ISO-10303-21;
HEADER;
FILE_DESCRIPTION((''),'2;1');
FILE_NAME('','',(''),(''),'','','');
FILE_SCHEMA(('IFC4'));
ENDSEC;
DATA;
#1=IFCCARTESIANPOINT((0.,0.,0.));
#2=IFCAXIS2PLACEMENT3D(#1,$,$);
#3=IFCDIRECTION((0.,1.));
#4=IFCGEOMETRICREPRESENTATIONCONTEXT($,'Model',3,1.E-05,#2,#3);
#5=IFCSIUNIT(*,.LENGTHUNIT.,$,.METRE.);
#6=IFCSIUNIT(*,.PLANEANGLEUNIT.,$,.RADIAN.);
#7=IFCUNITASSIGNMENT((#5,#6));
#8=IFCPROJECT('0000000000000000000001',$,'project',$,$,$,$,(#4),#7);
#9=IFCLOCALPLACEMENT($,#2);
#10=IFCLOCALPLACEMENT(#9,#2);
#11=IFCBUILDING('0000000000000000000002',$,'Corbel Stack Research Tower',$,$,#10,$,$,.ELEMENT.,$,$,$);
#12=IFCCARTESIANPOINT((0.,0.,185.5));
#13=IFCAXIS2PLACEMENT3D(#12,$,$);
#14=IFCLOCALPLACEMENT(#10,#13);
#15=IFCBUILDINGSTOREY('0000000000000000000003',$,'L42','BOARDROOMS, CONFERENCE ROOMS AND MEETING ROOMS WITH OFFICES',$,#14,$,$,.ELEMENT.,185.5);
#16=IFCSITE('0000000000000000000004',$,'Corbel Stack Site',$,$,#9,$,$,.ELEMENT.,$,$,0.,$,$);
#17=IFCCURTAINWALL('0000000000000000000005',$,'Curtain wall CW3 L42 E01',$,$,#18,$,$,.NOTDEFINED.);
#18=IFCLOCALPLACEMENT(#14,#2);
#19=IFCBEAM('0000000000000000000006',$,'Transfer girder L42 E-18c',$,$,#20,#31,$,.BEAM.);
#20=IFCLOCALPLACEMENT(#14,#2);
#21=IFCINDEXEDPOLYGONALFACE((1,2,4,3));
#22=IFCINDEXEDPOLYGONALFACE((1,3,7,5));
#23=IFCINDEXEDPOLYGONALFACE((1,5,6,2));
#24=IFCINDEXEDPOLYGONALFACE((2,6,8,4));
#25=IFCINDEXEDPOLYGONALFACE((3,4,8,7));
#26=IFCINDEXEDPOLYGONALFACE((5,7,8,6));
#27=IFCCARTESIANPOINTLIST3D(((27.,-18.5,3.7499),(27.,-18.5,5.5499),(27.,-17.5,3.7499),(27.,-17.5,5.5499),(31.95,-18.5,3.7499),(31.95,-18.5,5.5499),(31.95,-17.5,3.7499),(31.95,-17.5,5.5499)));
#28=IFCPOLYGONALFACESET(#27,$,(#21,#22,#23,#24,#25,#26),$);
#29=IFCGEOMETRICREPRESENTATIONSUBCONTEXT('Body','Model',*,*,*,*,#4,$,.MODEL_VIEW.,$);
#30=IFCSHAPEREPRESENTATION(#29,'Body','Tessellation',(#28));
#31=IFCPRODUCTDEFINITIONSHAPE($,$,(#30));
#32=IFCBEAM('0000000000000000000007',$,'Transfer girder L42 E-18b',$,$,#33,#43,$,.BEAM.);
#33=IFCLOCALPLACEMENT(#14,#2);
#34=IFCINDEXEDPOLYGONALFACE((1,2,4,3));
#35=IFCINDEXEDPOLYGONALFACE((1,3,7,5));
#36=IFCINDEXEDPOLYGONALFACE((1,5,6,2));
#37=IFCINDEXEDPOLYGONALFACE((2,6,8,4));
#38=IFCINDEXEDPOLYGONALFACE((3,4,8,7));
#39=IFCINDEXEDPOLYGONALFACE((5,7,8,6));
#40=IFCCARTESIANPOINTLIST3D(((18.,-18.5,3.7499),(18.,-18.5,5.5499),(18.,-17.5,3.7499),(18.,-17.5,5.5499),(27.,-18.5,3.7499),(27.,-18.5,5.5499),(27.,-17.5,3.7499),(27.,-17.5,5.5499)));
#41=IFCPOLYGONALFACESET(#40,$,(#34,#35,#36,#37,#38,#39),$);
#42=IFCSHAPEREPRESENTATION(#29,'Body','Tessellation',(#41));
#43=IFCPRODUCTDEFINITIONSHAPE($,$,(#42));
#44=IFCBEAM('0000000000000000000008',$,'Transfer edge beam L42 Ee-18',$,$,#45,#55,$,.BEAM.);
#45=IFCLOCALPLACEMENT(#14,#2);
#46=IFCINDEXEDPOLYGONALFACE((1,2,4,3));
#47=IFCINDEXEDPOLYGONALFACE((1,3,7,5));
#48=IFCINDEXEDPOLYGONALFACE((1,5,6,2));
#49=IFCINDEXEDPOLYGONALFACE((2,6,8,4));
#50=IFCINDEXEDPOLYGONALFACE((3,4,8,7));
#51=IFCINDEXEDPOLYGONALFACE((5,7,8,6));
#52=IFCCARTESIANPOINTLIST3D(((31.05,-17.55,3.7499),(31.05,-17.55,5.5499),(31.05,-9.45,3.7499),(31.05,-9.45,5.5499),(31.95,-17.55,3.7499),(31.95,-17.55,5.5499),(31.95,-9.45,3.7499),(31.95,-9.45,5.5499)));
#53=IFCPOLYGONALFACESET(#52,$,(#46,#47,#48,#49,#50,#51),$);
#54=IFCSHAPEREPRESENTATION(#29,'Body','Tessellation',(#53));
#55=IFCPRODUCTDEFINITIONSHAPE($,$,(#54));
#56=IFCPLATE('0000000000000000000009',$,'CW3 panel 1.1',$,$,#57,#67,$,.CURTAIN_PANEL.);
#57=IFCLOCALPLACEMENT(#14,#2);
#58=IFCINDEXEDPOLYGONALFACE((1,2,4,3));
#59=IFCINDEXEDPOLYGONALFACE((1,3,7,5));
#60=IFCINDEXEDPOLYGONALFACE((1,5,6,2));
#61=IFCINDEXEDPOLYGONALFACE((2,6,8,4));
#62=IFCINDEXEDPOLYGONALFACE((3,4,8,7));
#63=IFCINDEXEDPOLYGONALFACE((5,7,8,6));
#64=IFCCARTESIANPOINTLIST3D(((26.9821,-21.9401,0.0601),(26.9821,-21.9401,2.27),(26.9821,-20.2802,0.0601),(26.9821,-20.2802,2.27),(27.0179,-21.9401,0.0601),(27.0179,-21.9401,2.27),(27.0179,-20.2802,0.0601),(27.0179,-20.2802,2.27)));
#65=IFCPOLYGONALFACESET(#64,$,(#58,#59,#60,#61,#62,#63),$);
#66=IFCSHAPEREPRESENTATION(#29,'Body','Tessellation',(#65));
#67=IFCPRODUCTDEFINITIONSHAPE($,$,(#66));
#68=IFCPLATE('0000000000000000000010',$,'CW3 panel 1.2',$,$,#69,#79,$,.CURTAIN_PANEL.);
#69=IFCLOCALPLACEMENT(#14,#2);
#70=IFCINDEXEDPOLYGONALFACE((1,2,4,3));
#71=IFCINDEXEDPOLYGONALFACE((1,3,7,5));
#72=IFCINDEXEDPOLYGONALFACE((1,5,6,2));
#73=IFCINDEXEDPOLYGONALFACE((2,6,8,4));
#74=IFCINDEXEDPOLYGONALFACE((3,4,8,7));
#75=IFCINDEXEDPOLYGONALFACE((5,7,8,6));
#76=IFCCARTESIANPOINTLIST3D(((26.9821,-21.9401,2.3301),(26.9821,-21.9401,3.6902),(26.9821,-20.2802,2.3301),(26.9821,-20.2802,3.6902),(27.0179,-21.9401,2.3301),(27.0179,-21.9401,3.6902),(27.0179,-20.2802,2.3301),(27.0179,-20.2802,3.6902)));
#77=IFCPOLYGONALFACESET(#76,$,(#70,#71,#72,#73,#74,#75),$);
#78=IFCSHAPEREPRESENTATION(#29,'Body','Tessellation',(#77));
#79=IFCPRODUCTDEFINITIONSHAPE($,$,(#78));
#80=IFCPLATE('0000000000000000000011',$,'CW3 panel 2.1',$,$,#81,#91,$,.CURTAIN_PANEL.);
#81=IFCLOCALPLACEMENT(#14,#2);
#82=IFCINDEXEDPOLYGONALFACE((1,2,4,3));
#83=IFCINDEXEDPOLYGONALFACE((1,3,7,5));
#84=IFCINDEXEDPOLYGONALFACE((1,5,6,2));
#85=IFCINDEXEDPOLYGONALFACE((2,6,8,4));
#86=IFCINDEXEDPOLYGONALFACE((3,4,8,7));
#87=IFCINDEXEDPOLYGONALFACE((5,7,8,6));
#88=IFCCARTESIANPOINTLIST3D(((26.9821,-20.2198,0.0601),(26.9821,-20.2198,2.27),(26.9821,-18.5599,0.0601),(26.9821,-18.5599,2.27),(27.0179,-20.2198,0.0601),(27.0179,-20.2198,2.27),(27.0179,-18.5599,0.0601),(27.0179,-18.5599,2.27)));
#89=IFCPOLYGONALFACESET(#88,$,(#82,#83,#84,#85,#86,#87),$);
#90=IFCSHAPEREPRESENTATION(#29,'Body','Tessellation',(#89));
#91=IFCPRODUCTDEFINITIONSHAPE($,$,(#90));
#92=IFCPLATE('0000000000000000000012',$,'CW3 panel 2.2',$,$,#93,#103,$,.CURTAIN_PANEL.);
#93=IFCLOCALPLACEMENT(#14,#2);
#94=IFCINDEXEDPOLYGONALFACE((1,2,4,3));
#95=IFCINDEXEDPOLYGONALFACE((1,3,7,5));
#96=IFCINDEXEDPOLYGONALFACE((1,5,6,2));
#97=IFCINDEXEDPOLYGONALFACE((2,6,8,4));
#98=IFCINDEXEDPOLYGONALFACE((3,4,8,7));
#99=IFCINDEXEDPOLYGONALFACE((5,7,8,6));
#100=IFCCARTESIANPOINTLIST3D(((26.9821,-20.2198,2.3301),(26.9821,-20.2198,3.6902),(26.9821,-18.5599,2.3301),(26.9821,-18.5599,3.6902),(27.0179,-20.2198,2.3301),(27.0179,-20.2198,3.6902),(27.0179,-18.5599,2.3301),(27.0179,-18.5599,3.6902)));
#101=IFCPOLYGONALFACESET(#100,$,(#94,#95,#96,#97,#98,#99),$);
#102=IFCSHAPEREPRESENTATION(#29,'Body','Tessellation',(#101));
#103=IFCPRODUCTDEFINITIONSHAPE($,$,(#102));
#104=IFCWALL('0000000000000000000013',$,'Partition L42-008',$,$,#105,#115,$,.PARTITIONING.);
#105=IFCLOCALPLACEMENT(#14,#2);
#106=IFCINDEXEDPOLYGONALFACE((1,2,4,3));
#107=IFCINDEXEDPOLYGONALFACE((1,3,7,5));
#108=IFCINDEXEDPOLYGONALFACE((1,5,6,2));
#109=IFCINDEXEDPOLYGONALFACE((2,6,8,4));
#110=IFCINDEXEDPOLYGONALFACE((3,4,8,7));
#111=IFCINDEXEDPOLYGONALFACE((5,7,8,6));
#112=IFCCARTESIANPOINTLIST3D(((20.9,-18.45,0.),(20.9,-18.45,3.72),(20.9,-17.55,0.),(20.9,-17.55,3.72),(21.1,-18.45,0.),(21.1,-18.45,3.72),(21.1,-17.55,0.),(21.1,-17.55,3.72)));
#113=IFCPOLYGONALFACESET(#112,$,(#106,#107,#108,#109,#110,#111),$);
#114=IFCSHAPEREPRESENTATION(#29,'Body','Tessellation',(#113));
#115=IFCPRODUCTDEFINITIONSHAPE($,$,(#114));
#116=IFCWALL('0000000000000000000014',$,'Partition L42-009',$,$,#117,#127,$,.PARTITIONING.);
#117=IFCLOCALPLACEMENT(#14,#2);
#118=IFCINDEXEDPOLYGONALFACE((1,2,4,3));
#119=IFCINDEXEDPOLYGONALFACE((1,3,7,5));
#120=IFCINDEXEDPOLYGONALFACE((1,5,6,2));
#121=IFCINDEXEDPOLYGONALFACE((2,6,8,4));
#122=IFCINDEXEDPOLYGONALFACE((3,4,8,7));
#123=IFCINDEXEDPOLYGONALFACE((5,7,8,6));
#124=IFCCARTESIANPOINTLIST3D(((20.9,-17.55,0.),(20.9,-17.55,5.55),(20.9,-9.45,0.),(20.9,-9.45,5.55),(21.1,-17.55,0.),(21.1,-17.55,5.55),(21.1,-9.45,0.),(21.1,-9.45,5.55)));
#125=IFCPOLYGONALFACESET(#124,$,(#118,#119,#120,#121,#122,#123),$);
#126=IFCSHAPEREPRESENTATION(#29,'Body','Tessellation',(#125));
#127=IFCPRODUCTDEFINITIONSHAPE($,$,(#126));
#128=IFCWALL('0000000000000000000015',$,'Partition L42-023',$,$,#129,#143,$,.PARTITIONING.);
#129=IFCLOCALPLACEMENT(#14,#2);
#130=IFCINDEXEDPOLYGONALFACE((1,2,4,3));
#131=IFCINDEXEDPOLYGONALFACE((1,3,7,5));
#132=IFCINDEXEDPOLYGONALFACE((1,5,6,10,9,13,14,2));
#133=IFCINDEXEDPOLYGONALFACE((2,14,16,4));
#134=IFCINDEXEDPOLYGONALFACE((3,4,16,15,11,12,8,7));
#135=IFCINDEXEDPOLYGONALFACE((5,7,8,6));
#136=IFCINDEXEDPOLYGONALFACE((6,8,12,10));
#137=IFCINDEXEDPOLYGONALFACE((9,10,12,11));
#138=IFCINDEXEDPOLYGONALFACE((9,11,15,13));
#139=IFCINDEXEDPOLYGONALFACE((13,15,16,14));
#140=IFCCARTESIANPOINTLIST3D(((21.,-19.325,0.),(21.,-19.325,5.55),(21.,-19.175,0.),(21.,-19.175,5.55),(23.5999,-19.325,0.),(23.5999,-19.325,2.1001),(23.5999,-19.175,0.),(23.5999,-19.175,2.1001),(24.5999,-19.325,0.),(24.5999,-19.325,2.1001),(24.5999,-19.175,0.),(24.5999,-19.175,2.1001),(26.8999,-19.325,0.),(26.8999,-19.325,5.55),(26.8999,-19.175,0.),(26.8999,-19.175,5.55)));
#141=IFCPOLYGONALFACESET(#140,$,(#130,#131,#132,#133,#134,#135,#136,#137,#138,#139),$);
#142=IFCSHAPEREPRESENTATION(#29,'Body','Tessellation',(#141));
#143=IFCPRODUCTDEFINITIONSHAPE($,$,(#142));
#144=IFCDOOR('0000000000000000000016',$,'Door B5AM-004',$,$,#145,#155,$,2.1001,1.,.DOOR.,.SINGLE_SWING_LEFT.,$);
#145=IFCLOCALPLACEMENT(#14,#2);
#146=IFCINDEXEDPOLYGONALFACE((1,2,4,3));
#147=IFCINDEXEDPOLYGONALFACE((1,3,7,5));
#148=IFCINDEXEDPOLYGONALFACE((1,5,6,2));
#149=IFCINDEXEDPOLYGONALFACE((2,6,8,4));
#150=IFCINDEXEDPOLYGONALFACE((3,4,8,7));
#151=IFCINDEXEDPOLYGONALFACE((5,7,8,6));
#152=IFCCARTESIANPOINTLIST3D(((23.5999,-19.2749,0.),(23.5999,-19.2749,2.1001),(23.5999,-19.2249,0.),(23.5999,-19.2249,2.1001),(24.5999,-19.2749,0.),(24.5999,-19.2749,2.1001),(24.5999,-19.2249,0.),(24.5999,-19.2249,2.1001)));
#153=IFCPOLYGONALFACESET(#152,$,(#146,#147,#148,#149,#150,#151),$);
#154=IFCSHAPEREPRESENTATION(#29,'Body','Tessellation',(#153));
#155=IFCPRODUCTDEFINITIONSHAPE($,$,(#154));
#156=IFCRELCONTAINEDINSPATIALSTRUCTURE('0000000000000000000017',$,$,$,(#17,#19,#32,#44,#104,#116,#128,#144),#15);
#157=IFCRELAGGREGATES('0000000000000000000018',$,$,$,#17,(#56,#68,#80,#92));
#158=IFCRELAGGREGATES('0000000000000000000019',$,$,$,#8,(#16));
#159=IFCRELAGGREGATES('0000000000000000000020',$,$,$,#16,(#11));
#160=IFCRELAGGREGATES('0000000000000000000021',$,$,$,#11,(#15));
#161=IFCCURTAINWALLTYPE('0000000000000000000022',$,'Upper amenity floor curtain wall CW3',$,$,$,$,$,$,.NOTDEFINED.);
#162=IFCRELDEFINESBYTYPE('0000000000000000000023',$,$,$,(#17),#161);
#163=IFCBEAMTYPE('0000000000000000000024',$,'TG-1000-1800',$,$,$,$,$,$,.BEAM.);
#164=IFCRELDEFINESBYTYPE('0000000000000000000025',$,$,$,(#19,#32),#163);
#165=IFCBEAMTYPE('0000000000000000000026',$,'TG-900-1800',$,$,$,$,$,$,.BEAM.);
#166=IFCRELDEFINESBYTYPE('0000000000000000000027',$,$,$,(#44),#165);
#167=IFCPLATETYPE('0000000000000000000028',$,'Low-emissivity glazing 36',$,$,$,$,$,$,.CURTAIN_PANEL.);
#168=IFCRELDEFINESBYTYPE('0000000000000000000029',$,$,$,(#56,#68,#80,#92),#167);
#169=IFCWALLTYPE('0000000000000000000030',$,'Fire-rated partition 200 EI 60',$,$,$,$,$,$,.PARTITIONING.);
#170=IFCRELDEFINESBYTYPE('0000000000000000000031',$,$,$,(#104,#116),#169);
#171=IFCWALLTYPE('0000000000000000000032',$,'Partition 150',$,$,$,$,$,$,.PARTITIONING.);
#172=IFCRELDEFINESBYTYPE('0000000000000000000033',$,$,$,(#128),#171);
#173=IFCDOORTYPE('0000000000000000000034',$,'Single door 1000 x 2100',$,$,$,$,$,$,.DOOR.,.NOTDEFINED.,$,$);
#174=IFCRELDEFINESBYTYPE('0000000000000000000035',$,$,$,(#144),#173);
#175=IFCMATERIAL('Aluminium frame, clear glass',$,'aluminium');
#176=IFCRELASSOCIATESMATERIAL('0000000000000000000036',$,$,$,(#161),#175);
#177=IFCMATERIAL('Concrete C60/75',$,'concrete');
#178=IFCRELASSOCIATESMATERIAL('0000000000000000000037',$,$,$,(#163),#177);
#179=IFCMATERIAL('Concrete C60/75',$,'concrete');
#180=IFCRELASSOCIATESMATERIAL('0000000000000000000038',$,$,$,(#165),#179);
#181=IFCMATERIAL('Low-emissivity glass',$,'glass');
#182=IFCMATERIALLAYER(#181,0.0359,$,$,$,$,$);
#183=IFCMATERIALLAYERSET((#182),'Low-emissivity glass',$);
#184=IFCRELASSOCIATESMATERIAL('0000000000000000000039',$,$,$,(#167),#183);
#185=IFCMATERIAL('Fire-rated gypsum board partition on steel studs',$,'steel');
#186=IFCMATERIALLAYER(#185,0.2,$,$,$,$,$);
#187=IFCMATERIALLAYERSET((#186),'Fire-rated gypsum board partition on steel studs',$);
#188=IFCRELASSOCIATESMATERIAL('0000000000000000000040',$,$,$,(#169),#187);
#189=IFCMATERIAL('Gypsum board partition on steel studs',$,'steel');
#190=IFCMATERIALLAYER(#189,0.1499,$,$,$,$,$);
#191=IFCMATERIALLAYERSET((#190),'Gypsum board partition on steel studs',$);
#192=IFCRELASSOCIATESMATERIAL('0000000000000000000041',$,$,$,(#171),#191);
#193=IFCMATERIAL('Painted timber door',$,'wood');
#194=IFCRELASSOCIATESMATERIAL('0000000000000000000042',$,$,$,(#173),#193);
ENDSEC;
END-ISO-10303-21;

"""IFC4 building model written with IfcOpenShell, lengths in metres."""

from ifc_helpers import new_model, si_unit, direction, frame, frame_2d, origin, origin_2d, place, context, subcontext, project, spatial, rectangle, extrude, material, layer, layer_set, material_profile, profile_set, type_object, element, fill, aggregate, save


model = new_model("IFC4")

# Units and contexts
model_context = context("Model", 3, precision=1e-05, world=origin(), true_north=direction((0.0, 1.0)))
body_context = subcontext(model_context, "Body", "Model", "MODEL_VIEW")
ifc_project = project(units=[si_unit("LENGTHUNIT", "METRE"), si_unit("PLANEANGLEUNIT", "RADIAN")], contexts=[model_context])

# Site, building, storey
site_placement = place(None, origin())
site = spatial("IfcSite", under=ifc_project, at=site_placement, Name="Corbel Stack Site", CompositionType="ELEMENT", RefElevation=0.0)
building_placement = place(site_placement, origin())
building = spatial("IfcBuilding", under=site, at=building_placement, Name="Corbel Stack Research Tower", CompositionType="ELEMENT")
storey_placement = place(building_placement, frame((0.0, 0.0, 185.5)))
storey = spatial("IfcBuildingStorey", under=building, at=storey_placement, Name="L42", Description="BOARDROOMS, CONFERENCE ROOMS AND MEETING ROOMS WITH OFFICES", CompositionType="ELEMENT", Elevation=185.5)

# Curtain wall
ifc_material_1 = material(Name="Aluminium frame, clear glass", Category="aluminium")
curtain_wall_type = type_object("IfcCurtainWallType", Name="Upper amenity floor curtain wall CW3", PredefinedType="NOTDEFINED", material=ifc_material_1)
curtain_wall_1_placement = place(storey_placement, origin())
curtain_wall_1 = element("IfcCurtainWall", 1, at=curtain_wall_1_placement, inside=storey, type_object=curtain_wall_type, Name="Curtain wall CW3 L42 E01", PredefinedType="NOTDEFINED")

# Beams
ifc_material_2 = material(Name="Concrete C60/75", Category="concrete")
ifc_material_profile_1 = material_profile(ifc_material_2, rectangle(XDim=1.0, YDim=1.8, at=origin_2d()), Name="RC 1000 x 1800")
ifc_profile_set_1 = profile_set([ifc_material_profile_1], Name="Concrete C60/75")
beam_type_1 = type_object("IfcBeamType", Name="TG-1000-1800", PredefinedType="BEAM", material=ifc_profile_set_1)
beam_1_placement = place(storey_placement, frame((31.95, -18.0, 4.6499), z_axis=(-1.0, 0.0, 0.0), x_axis=(0.0, -1.0, 0.0)))
element("IfcBeam", 2, at=beam_1_placement, inside=storey, type_object=beam_type_1, Name="Transfer girder L42 E-18c", PredefinedType="BEAM", context=body_context, shape_type="SweptSolid", body=[
    extrude(rectangle(XDim=1.0, YDim=1.8, at=origin_2d()), origin(), (0.0, 0.0, 1.0), 4.95),
])
beam_2_placement = place(storey_placement, frame((27.0, -18.0, 4.6499), z_axis=(-1.0, 0.0, 0.0), x_axis=(0.0, -1.0, 0.0)))
element("IfcBeam", 3, at=beam_2_placement, inside=storey, type_object=beam_type_1, Name="Transfer girder L42 E-18b", PredefinedType="BEAM", context=body_context, shape_type="SweptSolid", body=[
    extrude(rectangle(XDim=1.0, YDim=1.8, at=origin_2d()), origin(), (0.0, 0.0, 1.0), 9.0),
])
ifc_material_3 = material(Name="Concrete C60/75", Category="concrete")
ifc_material_profile_2 = material_profile(ifc_material_3, rectangle(XDim=0.8999, YDim=1.8, at=origin_2d()), Name="RC 900 x 1800")
ifc_profile_set_2 = profile_set([ifc_material_profile_2], Name="Concrete C60/75")
beam_type_2 = type_object("IfcBeamType", Name="TG-900-1800", PredefinedType="BEAM", material=ifc_profile_set_2)
beam_3_placement = place(storey_placement, frame((31.5, -17.55, 4.6499), z_axis=(0.0, 1.0, 0.0), x_axis=(-1.0, 0.0, 0.0)))
element("IfcBeam", 4, at=beam_3_placement, inside=storey, type_object=beam_type_2, Name="Transfer edge beam L42 Ee-18", PredefinedType="BEAM", context=body_context, shape_type="SweptSolid", body=[
    extrude(rectangle(XDim=0.8999, YDim=1.8, at=origin_2d()), origin(), (0.0, 0.0, 1.0), 8.1001),
])

# Plates
ifc_material_4 = material(Name="Low-emissivity glass", Category="glass")
ifc_layer_1 = layer(ifc_material_4, 0.0359)
ifc_layer_set_1 = layer_set([ifc_layer_1], Name="Low-emissivity glass")
plate_type = type_object("IfcPlateType", Name="Low-emissivity glazing 36", PredefinedType="CURTAIN_PANEL", material=ifc_layer_set_1)
plate_1_placement = place(storey_placement, frame((27.0, -21.1101, 0.0601), z_axis=(0.0, 0.0, 1.0), x_axis=(0.0, 1.0, 0.0)))
plate_1 = element("IfcPlate", 5, at=plate_1_placement, type_object=plate_type, Name="CW3 panel 1.1", PredefinedType="CURTAIN_PANEL", context=body_context, shape_type="SweptSolid", body=[
    extrude(rectangle(XDim=1.6599, YDim=0.0359, at=origin_2d()), origin(), (0.0, 0.0, 1.0), 2.21),
])
plate_2_placement = place(storey_placement, frame((27.0, -21.1101, 2.3301), z_axis=(0.0, 0.0, 1.0), x_axis=(0.0, 1.0, 0.0)))
plate_2 = element("IfcPlate", 6, at=plate_2_placement, type_object=plate_type, Name="CW3 panel 1.2", PredefinedType="CURTAIN_PANEL", context=body_context, shape_type="SweptSolid", body=[
    extrude(rectangle(XDim=1.6599, YDim=0.0359, at=origin_2d()), origin(), (0.0, 0.0, 1.0), 1.3601),
])
plate_3_placement = place(storey_placement, frame((27.0, -19.3899, 0.0601), z_axis=(0.0, 0.0, 1.0), x_axis=(0.0, 1.0, 0.0)))
plate_3 = element("IfcPlate", 7, at=plate_3_placement, type_object=plate_type, Name="CW3 panel 2.1", PredefinedType="CURTAIN_PANEL", context=body_context, shape_type="SweptSolid", body=[
    extrude(rectangle(XDim=1.6599, YDim=0.0359, at=origin_2d()), origin(), (0.0, 0.0, 1.0), 2.21),
])
plate_4_placement = place(storey_placement, frame((27.0, -19.3899, 2.3301), z_axis=(0.0, 0.0, 1.0), x_axis=(0.0, 1.0, 0.0)))
plate_4 = element("IfcPlate", 8, at=plate_4_placement, type_object=plate_type, Name="CW3 panel 2.2", PredefinedType="CURTAIN_PANEL", context=body_context, shape_type="SweptSolid", body=[
    extrude(rectangle(XDim=1.6599, YDim=0.0359, at=origin_2d()), origin(), (0.0, 0.0, 1.0), 1.3601),
])
aggregate(curtain_wall_1, [plate_1, plate_2, plate_3, plate_4])

# Walls
ifc_material_5 = material(Name="Fire-rated gypsum board partition on steel studs", Category="steel")
ifc_layer_2 = layer(ifc_material_5, 0.2)
ifc_layer_set_2 = layer_set([ifc_layer_2], Name="Fire-rated gypsum board partition on steel studs")
wall_type_1 = type_object("IfcWallType", Name="Fire-rated partition 200 EI 60", PredefinedType="PARTITIONING", material=ifc_layer_set_2)
wall_1_placement = place(storey_placement, frame((21.0, -18.45, 0.0), z_axis=(0.0, 0.0, 1.0), x_axis=(0.0, 1.0, 0.0)))
element("IfcWall", 9, at=wall_1_placement, inside=storey, type_object=wall_type_1, Name="Partition L42-008", PredefinedType="PARTITIONING", context=body_context, shape_type="SweptSolid", body=[
    extrude(rectangle(XDim=0.8999, YDim=0.2, at=frame_2d((0.45, 0.0))), origin(), (0.0, 0.0, 1.0), 3.72),
])
wall_2_placement = place(storey_placement, frame((21.0, -17.55, 0.0), z_axis=(0.0, 0.0, 1.0), x_axis=(0.0, 1.0, 0.0)))
element("IfcWall", 10, at=wall_2_placement, inside=storey, type_object=wall_type_1, Name="Partition L42-009", PredefinedType="PARTITIONING", context=body_context, shape_type="SweptSolid", body=[
    extrude(rectangle(XDim=8.1001, YDim=0.2, at=frame_2d((4.05, 0.0))), origin(), (0.0, 0.0, 1.0), 5.55),
])

# Wall, opening, door
ifc_material_6 = material(Name="Gypsum board partition on steel studs", Category="steel")
ifc_layer_3 = layer(ifc_material_6, 0.1499)
ifc_layer_set_3 = layer_set([ifc_layer_3], Name="Gypsum board partition on steel studs")
wall_type_2 = type_object("IfcWallType", Name="Partition 150", PredefinedType="PARTITIONING", material=ifc_layer_set_3)
wall_3_placement = place(storey_placement, frame((26.8999, -19.25, 0.0), z_axis=(0.0, 0.0, 1.0), x_axis=(-1.0, 0.0, 0.0)))
wall_3 = element("IfcWall", 11, at=wall_3_placement, inside=storey, type_object=wall_type_2, Name="Partition L42-023", PredefinedType="PARTITIONING", context=body_context, shape_type="SweptSolid", body=[
    extrude(rectangle(XDim=5.8999, YDim=0.1499, at=frame_2d((2.95, 0.0))), origin(), (0.0, 0.0, 1.0), 5.55),
])
opening_1_placement = place(wall_3_placement, frame((2.3, 0.0, 0.0)))
opening_1 = element("IfcOpeningElement", 12, at=opening_1_placement, cuts=wall_3, PredefinedType="OPENING", context=body_context, shape_type="SweptSolid", body=[
    extrude(rectangle(XDim=1.0, YDim=2.1001, at=frame_2d((0.5, 1.05))), frame((0.0, 0.085, 0.0), z_axis=(0.0, -1.0, 0.0), x_axis=(1.0, 0.0, 0.0)), (0.0, 0.0, 1.0), 0.1699),
])
ifc_material_7 = material(Name="Painted timber door", Category="wood")
door_type_1 = type_object("IfcDoorType", Name="Single door 1000 x 2100", OperationType="NOTDEFINED", PredefinedType="DOOR", material=ifc_material_7)
door_1_placement = place(opening_1_placement, origin())
door_1 = element("IfcDoor", 13, at=door_1_placement, inside=storey, type_object=door_type_1, Name="Door B5AM-004", OperationType="SINGLE_SWING_LEFT", OverallHeight=2.1001, OverallWidth=1.0, PredefinedType="DOOR", context=body_context, shape_type="SweptSolid", body=[
    extrude(rectangle(XDim=1.0, YDim=2.1001, at=frame_2d((0.5, 1.05))), frame((0.0, 0.0249, 0.0), z_axis=(0.0, -1.0, 0.0), x_axis=(1.0, 0.0, 0.0)), (0.0, 0.0, 1.0), 0.05),
])
fill(opening_1, door_1)

save(model, "model.ifc")
